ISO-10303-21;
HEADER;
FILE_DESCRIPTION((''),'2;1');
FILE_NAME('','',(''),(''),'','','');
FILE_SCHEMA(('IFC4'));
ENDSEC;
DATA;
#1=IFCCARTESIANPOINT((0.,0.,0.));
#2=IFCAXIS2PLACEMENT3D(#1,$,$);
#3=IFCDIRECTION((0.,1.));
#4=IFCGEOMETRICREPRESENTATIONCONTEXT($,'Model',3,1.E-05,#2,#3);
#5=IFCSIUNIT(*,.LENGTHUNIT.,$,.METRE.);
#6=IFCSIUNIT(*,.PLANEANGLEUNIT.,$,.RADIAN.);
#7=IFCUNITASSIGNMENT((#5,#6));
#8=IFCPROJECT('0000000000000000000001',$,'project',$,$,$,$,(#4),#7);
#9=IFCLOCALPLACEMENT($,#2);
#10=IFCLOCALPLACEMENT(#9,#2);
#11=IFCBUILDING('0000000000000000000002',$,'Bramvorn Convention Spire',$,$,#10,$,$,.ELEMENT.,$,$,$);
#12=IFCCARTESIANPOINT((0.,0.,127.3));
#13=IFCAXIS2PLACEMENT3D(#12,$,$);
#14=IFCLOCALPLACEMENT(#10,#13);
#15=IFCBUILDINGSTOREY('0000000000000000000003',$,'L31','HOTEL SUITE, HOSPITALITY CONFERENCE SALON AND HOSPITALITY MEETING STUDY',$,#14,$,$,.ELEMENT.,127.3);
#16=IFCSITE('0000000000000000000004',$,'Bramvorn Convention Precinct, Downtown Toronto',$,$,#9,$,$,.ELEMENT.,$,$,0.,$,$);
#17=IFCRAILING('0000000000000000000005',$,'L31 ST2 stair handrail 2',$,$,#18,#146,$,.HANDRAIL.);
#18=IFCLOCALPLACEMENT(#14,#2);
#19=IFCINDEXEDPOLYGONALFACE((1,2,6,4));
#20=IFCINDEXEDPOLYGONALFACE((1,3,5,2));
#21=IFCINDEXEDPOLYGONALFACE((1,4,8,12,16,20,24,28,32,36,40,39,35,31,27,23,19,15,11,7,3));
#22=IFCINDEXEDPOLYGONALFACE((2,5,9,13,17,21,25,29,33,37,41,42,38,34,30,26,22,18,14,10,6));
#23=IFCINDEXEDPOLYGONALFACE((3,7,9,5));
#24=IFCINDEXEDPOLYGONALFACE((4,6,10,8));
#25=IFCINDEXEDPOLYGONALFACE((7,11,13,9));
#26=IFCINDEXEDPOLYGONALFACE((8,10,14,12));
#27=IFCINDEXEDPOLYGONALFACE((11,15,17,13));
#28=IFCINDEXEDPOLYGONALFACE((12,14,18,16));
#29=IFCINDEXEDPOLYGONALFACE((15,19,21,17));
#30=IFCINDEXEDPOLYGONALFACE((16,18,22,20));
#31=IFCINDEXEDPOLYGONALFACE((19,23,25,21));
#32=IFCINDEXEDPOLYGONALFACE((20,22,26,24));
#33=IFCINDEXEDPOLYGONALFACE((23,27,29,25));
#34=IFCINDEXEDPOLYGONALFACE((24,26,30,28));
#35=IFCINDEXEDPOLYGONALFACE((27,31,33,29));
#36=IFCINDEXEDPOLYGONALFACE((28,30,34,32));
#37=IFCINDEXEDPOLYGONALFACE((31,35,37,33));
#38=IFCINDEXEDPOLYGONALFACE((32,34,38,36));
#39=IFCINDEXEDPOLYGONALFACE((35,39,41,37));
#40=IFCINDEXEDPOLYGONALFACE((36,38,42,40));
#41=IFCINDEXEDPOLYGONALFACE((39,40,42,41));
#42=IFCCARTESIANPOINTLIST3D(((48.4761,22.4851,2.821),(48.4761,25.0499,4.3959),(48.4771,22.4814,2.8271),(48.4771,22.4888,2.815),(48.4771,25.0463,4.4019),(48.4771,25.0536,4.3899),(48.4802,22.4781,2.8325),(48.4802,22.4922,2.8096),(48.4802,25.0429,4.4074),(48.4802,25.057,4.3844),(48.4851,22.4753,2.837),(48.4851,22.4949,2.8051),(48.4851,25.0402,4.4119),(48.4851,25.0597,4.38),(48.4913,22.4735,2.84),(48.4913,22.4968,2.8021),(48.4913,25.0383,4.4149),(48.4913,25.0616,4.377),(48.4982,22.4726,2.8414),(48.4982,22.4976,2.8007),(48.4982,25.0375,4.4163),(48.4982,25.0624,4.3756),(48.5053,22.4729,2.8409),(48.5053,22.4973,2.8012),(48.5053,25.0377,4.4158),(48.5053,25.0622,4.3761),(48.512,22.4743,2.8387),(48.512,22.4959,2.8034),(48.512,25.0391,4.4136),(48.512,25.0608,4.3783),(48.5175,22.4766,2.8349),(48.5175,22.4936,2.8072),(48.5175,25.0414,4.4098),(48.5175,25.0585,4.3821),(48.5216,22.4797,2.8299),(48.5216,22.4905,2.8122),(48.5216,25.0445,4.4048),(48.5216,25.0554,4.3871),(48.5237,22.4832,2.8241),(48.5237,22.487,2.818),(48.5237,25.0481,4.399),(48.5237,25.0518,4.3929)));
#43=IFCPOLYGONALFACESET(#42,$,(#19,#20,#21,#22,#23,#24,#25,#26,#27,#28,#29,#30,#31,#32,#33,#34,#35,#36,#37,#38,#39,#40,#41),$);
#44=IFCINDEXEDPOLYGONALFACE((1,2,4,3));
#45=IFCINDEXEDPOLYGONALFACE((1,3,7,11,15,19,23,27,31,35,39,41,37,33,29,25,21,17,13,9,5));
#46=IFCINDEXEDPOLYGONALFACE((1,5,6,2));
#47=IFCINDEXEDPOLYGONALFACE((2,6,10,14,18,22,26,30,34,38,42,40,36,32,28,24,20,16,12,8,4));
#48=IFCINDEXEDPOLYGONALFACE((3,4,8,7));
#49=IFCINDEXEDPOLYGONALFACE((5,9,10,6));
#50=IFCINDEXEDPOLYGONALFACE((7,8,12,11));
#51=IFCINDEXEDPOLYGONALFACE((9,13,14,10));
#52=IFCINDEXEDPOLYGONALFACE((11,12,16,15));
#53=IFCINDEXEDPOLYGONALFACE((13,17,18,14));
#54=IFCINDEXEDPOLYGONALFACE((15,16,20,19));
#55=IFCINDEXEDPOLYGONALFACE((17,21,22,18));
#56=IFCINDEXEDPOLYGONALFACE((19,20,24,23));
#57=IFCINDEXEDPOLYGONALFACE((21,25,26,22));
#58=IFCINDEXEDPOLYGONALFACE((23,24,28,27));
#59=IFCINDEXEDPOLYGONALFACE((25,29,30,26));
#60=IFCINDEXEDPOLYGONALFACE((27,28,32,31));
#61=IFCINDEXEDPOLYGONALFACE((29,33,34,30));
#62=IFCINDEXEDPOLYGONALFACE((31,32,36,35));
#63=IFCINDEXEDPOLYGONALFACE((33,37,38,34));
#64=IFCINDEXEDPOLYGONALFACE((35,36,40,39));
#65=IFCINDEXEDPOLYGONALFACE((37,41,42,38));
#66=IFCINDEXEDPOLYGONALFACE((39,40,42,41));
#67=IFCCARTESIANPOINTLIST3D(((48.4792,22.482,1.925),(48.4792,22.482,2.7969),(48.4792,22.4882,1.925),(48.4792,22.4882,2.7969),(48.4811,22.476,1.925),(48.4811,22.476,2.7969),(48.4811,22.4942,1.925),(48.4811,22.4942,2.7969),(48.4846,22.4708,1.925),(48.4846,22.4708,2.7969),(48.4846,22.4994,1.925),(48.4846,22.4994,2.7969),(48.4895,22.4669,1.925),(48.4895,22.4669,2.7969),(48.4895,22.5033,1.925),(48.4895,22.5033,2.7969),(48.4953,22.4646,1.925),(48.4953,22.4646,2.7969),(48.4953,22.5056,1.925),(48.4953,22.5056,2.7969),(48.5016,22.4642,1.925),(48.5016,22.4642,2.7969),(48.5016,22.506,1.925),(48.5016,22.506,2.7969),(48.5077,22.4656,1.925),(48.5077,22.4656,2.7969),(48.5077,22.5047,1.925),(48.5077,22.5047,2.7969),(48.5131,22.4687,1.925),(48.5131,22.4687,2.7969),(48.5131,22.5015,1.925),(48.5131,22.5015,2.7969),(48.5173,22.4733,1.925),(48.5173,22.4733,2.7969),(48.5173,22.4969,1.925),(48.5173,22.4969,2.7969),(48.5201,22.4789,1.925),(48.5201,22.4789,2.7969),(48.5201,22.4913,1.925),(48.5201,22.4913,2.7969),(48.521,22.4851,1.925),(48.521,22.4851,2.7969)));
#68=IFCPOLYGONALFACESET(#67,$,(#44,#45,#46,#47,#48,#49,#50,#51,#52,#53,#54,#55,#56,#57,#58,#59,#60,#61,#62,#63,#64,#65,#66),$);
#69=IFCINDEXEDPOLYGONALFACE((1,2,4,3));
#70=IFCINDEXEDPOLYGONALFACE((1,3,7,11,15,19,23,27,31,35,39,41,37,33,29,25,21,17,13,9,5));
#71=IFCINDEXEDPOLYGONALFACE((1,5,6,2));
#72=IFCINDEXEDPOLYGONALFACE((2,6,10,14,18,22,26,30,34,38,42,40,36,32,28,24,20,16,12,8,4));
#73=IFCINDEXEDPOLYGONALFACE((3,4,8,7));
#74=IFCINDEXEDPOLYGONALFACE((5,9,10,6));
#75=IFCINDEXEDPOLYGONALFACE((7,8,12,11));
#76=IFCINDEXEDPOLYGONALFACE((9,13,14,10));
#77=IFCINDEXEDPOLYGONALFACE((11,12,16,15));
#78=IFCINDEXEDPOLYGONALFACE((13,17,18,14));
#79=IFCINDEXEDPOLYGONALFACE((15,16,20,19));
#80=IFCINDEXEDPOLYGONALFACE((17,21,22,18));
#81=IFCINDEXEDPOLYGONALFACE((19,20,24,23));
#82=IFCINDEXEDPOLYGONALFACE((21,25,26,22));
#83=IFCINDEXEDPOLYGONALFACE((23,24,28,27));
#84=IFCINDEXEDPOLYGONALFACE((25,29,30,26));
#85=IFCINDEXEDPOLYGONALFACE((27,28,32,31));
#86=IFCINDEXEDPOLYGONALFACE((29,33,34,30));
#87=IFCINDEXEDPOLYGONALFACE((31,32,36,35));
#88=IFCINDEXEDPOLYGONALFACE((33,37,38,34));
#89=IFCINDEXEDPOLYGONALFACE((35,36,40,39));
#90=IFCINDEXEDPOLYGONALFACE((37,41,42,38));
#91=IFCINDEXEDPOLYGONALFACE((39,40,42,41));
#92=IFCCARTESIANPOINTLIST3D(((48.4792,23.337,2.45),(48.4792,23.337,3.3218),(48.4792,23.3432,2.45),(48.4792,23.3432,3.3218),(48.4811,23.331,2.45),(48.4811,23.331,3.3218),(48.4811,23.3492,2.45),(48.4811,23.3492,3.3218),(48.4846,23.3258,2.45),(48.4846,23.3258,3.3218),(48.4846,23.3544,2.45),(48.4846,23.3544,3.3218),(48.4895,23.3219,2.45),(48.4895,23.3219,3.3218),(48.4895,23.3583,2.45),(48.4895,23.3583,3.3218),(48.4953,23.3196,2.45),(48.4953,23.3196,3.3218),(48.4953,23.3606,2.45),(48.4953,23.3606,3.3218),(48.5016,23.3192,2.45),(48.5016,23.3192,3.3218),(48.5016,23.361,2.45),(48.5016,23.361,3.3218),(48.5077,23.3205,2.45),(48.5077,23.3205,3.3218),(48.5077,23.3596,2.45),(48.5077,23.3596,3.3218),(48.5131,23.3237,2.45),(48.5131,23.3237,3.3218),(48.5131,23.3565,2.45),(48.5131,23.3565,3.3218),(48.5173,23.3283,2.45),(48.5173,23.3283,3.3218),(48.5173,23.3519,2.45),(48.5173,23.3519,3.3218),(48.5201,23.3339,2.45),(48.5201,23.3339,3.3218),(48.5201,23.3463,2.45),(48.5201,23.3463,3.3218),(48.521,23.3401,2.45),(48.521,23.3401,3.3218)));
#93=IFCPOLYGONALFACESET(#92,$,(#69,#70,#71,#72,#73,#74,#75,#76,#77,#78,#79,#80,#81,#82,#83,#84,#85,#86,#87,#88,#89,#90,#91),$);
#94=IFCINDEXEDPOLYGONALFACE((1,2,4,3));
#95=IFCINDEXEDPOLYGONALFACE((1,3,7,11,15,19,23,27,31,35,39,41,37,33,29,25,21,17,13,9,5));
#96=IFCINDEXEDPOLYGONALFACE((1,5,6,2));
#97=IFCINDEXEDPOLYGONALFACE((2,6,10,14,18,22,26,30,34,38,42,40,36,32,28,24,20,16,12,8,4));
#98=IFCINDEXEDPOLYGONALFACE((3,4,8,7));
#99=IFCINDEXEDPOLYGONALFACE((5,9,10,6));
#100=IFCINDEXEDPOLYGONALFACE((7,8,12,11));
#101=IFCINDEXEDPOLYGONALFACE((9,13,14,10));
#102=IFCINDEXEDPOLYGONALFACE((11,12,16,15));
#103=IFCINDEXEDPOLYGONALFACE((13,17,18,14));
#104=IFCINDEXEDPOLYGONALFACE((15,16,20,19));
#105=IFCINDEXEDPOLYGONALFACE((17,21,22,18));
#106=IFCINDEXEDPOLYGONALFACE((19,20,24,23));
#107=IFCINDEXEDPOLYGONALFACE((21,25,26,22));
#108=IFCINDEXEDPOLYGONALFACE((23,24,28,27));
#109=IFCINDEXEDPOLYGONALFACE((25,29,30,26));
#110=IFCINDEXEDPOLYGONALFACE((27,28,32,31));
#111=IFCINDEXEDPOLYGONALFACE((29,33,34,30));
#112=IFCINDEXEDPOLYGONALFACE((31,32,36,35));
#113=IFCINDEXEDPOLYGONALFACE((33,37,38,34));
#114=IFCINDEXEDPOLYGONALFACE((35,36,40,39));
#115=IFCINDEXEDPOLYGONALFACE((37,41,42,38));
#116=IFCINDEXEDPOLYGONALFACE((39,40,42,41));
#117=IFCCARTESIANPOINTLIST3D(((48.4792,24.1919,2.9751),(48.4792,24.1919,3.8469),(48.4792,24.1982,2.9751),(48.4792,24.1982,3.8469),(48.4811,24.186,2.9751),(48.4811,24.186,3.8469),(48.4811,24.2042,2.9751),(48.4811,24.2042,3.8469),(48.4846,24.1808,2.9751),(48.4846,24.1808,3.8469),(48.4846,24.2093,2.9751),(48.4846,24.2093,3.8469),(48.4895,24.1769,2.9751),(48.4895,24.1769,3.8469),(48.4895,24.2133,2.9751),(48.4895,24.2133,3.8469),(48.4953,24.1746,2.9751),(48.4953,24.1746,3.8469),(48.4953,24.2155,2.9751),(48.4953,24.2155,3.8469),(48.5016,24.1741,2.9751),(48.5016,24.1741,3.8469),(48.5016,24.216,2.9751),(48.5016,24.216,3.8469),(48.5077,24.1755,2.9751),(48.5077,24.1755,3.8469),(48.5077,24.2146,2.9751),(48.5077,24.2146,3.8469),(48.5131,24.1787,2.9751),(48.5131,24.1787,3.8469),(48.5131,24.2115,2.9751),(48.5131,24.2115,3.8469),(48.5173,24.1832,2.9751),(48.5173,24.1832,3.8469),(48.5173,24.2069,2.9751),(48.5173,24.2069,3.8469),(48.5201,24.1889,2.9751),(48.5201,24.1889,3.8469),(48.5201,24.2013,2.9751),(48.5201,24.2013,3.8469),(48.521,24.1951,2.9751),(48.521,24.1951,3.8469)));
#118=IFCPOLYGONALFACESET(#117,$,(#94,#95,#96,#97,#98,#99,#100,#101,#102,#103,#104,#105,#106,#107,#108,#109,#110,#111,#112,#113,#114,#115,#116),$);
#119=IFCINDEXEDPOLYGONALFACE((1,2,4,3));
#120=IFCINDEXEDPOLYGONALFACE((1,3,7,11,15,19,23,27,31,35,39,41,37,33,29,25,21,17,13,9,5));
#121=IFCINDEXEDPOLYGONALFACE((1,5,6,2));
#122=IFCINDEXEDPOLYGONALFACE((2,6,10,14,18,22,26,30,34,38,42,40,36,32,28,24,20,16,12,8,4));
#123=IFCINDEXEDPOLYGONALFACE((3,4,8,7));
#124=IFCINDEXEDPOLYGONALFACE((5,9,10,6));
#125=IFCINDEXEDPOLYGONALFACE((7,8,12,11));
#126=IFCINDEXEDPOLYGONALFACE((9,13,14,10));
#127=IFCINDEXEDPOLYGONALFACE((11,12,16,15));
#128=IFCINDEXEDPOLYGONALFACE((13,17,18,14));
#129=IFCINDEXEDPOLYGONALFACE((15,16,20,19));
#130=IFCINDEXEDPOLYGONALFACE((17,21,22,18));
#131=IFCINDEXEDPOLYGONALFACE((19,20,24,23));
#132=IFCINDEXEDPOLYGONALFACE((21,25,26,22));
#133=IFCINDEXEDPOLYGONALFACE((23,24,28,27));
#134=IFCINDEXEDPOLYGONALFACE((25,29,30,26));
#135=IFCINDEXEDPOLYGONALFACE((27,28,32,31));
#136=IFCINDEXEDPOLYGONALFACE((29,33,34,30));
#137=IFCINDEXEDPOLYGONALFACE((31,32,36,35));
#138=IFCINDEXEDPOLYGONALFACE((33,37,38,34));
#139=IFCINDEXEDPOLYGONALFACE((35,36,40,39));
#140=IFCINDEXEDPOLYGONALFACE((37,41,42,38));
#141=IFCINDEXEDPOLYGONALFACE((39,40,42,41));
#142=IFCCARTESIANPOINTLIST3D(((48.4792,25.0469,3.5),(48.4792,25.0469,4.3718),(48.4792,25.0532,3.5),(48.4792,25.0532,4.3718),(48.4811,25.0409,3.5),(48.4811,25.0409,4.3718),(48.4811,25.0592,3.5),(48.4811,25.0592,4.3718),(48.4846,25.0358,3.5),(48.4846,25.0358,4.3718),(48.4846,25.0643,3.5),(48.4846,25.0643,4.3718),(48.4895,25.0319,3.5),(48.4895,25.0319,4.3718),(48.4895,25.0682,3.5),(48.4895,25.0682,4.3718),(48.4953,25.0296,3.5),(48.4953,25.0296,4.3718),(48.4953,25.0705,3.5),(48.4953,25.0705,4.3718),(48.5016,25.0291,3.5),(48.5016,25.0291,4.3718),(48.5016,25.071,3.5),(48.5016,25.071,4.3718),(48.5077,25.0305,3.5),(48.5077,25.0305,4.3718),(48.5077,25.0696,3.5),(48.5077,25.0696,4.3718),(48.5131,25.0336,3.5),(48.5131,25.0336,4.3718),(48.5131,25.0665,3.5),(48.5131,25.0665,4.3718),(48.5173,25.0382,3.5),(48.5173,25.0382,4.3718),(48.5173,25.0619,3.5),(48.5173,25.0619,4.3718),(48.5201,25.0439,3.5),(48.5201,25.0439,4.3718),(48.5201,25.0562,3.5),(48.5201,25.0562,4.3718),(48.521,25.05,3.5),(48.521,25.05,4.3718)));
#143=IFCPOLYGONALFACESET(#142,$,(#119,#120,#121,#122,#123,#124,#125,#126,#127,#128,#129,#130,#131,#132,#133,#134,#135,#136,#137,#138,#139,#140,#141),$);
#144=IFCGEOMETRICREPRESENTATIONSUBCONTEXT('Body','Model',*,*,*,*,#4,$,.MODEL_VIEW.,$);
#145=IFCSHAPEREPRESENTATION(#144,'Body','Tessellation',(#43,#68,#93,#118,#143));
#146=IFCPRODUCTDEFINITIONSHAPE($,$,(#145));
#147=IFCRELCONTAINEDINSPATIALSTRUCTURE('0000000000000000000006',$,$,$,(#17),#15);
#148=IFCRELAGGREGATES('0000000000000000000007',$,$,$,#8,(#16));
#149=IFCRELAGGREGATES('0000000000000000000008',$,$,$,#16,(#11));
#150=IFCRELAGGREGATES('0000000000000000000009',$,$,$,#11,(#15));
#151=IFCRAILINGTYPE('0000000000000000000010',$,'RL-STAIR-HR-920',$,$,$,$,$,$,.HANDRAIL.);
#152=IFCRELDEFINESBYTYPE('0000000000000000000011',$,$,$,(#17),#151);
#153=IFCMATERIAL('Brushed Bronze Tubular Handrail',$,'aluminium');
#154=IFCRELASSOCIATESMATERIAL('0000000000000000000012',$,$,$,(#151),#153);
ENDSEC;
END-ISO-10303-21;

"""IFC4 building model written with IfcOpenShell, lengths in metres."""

from ifc_helpers import new_model, si_unit, direction, frame, origin, origin_2d, place, context, subcontext, project, spatial, circle, extrude, material, type_object, element, save


model = new_model("IFC4")

# Units and contexts
model_context = context("Model", 3, precision=1e-05, world=origin(), true_north=direction((0.0, 1.0)))
body_context = subcontext(model_context, "Body", "Model", "MODEL_VIEW")
ifc_project = project(units=[si_unit("LENGTHUNIT", "METRE"), si_unit("PLANEANGLEUNIT", "RADIAN")], contexts=[model_context])

# Site, building, storey
site_placement = place(None, origin())
site = spatial("IfcSite", under=ifc_project, at=site_placement, Name="Bramvorn Convention Precinct, Downtown Toronto", CompositionType="ELEMENT", RefElevation=0.0)
building_placement = place(site_placement, origin())
building = spatial("IfcBuilding", under=site, at=building_placement, Name="Bramvorn Convention Spire", CompositionType="ELEMENT")
storey_placement = place(building_placement, frame((0.0, 0.0, 127.3)))
storey = spatial("IfcBuildingStorey", under=building, at=storey_placement, Name="L31", Description="HOTEL SUITE, HOSPITALITY CONFERENCE SALON AND HOSPITALITY MEETING STUDY", CompositionType="ELEMENT", Elevation=127.3)

# Railing
ifc_material_1 = material(Name="Brushed Bronze Tubular Handrail", Category="aluminium")
railing_type_1 = type_object("IfcRailingType", Name="RL-STAIR-HR-920", PredefinedType="HANDRAIL", material=ifc_material_1)
railing_1_placement = place(storey_placement, frame((48.5, 22.4851, 1.925)))
element("IfcRailing", 1, at=railing_1_placement, inside=storey, type_object=railing_type_1, Name="L31 ST2 stair handrail 2", PredefinedType="HANDRAIL", context=body_context, shape_type="SweptSolid", body=[
    extrude(circle(Radius=0.0239, at=origin_2d()), frame((0.0, 0.0, 0.896), z_axis=(0.0, 0.852173, 0.52326), x_axis=(-1.0, 0.0, 0.0)), (0.0, 0.0, 1.0), 3.0098),
    extrude(circle(Radius=0.021, at=origin_2d()), origin(), (0.0, 0.0, 1.0), 0.8718),
    extrude(circle(Radius=0.021, at=origin_2d()), frame((0.0, 0.855, 0.5249)), (0.0, 0.0, 1.0), 0.8718),
    extrude(circle(Radius=0.021, at=origin_2d()), frame((0.0, 1.71, 1.05)), (0.0, 0.0, 1.0), 0.8718),
    extrude(circle(Radius=0.021, at=origin_2d()), frame((0.0, 2.5649, 1.575)), (0.0, 0.0, 1.0), 0.8718),
])

save(model, "model.ifc")
